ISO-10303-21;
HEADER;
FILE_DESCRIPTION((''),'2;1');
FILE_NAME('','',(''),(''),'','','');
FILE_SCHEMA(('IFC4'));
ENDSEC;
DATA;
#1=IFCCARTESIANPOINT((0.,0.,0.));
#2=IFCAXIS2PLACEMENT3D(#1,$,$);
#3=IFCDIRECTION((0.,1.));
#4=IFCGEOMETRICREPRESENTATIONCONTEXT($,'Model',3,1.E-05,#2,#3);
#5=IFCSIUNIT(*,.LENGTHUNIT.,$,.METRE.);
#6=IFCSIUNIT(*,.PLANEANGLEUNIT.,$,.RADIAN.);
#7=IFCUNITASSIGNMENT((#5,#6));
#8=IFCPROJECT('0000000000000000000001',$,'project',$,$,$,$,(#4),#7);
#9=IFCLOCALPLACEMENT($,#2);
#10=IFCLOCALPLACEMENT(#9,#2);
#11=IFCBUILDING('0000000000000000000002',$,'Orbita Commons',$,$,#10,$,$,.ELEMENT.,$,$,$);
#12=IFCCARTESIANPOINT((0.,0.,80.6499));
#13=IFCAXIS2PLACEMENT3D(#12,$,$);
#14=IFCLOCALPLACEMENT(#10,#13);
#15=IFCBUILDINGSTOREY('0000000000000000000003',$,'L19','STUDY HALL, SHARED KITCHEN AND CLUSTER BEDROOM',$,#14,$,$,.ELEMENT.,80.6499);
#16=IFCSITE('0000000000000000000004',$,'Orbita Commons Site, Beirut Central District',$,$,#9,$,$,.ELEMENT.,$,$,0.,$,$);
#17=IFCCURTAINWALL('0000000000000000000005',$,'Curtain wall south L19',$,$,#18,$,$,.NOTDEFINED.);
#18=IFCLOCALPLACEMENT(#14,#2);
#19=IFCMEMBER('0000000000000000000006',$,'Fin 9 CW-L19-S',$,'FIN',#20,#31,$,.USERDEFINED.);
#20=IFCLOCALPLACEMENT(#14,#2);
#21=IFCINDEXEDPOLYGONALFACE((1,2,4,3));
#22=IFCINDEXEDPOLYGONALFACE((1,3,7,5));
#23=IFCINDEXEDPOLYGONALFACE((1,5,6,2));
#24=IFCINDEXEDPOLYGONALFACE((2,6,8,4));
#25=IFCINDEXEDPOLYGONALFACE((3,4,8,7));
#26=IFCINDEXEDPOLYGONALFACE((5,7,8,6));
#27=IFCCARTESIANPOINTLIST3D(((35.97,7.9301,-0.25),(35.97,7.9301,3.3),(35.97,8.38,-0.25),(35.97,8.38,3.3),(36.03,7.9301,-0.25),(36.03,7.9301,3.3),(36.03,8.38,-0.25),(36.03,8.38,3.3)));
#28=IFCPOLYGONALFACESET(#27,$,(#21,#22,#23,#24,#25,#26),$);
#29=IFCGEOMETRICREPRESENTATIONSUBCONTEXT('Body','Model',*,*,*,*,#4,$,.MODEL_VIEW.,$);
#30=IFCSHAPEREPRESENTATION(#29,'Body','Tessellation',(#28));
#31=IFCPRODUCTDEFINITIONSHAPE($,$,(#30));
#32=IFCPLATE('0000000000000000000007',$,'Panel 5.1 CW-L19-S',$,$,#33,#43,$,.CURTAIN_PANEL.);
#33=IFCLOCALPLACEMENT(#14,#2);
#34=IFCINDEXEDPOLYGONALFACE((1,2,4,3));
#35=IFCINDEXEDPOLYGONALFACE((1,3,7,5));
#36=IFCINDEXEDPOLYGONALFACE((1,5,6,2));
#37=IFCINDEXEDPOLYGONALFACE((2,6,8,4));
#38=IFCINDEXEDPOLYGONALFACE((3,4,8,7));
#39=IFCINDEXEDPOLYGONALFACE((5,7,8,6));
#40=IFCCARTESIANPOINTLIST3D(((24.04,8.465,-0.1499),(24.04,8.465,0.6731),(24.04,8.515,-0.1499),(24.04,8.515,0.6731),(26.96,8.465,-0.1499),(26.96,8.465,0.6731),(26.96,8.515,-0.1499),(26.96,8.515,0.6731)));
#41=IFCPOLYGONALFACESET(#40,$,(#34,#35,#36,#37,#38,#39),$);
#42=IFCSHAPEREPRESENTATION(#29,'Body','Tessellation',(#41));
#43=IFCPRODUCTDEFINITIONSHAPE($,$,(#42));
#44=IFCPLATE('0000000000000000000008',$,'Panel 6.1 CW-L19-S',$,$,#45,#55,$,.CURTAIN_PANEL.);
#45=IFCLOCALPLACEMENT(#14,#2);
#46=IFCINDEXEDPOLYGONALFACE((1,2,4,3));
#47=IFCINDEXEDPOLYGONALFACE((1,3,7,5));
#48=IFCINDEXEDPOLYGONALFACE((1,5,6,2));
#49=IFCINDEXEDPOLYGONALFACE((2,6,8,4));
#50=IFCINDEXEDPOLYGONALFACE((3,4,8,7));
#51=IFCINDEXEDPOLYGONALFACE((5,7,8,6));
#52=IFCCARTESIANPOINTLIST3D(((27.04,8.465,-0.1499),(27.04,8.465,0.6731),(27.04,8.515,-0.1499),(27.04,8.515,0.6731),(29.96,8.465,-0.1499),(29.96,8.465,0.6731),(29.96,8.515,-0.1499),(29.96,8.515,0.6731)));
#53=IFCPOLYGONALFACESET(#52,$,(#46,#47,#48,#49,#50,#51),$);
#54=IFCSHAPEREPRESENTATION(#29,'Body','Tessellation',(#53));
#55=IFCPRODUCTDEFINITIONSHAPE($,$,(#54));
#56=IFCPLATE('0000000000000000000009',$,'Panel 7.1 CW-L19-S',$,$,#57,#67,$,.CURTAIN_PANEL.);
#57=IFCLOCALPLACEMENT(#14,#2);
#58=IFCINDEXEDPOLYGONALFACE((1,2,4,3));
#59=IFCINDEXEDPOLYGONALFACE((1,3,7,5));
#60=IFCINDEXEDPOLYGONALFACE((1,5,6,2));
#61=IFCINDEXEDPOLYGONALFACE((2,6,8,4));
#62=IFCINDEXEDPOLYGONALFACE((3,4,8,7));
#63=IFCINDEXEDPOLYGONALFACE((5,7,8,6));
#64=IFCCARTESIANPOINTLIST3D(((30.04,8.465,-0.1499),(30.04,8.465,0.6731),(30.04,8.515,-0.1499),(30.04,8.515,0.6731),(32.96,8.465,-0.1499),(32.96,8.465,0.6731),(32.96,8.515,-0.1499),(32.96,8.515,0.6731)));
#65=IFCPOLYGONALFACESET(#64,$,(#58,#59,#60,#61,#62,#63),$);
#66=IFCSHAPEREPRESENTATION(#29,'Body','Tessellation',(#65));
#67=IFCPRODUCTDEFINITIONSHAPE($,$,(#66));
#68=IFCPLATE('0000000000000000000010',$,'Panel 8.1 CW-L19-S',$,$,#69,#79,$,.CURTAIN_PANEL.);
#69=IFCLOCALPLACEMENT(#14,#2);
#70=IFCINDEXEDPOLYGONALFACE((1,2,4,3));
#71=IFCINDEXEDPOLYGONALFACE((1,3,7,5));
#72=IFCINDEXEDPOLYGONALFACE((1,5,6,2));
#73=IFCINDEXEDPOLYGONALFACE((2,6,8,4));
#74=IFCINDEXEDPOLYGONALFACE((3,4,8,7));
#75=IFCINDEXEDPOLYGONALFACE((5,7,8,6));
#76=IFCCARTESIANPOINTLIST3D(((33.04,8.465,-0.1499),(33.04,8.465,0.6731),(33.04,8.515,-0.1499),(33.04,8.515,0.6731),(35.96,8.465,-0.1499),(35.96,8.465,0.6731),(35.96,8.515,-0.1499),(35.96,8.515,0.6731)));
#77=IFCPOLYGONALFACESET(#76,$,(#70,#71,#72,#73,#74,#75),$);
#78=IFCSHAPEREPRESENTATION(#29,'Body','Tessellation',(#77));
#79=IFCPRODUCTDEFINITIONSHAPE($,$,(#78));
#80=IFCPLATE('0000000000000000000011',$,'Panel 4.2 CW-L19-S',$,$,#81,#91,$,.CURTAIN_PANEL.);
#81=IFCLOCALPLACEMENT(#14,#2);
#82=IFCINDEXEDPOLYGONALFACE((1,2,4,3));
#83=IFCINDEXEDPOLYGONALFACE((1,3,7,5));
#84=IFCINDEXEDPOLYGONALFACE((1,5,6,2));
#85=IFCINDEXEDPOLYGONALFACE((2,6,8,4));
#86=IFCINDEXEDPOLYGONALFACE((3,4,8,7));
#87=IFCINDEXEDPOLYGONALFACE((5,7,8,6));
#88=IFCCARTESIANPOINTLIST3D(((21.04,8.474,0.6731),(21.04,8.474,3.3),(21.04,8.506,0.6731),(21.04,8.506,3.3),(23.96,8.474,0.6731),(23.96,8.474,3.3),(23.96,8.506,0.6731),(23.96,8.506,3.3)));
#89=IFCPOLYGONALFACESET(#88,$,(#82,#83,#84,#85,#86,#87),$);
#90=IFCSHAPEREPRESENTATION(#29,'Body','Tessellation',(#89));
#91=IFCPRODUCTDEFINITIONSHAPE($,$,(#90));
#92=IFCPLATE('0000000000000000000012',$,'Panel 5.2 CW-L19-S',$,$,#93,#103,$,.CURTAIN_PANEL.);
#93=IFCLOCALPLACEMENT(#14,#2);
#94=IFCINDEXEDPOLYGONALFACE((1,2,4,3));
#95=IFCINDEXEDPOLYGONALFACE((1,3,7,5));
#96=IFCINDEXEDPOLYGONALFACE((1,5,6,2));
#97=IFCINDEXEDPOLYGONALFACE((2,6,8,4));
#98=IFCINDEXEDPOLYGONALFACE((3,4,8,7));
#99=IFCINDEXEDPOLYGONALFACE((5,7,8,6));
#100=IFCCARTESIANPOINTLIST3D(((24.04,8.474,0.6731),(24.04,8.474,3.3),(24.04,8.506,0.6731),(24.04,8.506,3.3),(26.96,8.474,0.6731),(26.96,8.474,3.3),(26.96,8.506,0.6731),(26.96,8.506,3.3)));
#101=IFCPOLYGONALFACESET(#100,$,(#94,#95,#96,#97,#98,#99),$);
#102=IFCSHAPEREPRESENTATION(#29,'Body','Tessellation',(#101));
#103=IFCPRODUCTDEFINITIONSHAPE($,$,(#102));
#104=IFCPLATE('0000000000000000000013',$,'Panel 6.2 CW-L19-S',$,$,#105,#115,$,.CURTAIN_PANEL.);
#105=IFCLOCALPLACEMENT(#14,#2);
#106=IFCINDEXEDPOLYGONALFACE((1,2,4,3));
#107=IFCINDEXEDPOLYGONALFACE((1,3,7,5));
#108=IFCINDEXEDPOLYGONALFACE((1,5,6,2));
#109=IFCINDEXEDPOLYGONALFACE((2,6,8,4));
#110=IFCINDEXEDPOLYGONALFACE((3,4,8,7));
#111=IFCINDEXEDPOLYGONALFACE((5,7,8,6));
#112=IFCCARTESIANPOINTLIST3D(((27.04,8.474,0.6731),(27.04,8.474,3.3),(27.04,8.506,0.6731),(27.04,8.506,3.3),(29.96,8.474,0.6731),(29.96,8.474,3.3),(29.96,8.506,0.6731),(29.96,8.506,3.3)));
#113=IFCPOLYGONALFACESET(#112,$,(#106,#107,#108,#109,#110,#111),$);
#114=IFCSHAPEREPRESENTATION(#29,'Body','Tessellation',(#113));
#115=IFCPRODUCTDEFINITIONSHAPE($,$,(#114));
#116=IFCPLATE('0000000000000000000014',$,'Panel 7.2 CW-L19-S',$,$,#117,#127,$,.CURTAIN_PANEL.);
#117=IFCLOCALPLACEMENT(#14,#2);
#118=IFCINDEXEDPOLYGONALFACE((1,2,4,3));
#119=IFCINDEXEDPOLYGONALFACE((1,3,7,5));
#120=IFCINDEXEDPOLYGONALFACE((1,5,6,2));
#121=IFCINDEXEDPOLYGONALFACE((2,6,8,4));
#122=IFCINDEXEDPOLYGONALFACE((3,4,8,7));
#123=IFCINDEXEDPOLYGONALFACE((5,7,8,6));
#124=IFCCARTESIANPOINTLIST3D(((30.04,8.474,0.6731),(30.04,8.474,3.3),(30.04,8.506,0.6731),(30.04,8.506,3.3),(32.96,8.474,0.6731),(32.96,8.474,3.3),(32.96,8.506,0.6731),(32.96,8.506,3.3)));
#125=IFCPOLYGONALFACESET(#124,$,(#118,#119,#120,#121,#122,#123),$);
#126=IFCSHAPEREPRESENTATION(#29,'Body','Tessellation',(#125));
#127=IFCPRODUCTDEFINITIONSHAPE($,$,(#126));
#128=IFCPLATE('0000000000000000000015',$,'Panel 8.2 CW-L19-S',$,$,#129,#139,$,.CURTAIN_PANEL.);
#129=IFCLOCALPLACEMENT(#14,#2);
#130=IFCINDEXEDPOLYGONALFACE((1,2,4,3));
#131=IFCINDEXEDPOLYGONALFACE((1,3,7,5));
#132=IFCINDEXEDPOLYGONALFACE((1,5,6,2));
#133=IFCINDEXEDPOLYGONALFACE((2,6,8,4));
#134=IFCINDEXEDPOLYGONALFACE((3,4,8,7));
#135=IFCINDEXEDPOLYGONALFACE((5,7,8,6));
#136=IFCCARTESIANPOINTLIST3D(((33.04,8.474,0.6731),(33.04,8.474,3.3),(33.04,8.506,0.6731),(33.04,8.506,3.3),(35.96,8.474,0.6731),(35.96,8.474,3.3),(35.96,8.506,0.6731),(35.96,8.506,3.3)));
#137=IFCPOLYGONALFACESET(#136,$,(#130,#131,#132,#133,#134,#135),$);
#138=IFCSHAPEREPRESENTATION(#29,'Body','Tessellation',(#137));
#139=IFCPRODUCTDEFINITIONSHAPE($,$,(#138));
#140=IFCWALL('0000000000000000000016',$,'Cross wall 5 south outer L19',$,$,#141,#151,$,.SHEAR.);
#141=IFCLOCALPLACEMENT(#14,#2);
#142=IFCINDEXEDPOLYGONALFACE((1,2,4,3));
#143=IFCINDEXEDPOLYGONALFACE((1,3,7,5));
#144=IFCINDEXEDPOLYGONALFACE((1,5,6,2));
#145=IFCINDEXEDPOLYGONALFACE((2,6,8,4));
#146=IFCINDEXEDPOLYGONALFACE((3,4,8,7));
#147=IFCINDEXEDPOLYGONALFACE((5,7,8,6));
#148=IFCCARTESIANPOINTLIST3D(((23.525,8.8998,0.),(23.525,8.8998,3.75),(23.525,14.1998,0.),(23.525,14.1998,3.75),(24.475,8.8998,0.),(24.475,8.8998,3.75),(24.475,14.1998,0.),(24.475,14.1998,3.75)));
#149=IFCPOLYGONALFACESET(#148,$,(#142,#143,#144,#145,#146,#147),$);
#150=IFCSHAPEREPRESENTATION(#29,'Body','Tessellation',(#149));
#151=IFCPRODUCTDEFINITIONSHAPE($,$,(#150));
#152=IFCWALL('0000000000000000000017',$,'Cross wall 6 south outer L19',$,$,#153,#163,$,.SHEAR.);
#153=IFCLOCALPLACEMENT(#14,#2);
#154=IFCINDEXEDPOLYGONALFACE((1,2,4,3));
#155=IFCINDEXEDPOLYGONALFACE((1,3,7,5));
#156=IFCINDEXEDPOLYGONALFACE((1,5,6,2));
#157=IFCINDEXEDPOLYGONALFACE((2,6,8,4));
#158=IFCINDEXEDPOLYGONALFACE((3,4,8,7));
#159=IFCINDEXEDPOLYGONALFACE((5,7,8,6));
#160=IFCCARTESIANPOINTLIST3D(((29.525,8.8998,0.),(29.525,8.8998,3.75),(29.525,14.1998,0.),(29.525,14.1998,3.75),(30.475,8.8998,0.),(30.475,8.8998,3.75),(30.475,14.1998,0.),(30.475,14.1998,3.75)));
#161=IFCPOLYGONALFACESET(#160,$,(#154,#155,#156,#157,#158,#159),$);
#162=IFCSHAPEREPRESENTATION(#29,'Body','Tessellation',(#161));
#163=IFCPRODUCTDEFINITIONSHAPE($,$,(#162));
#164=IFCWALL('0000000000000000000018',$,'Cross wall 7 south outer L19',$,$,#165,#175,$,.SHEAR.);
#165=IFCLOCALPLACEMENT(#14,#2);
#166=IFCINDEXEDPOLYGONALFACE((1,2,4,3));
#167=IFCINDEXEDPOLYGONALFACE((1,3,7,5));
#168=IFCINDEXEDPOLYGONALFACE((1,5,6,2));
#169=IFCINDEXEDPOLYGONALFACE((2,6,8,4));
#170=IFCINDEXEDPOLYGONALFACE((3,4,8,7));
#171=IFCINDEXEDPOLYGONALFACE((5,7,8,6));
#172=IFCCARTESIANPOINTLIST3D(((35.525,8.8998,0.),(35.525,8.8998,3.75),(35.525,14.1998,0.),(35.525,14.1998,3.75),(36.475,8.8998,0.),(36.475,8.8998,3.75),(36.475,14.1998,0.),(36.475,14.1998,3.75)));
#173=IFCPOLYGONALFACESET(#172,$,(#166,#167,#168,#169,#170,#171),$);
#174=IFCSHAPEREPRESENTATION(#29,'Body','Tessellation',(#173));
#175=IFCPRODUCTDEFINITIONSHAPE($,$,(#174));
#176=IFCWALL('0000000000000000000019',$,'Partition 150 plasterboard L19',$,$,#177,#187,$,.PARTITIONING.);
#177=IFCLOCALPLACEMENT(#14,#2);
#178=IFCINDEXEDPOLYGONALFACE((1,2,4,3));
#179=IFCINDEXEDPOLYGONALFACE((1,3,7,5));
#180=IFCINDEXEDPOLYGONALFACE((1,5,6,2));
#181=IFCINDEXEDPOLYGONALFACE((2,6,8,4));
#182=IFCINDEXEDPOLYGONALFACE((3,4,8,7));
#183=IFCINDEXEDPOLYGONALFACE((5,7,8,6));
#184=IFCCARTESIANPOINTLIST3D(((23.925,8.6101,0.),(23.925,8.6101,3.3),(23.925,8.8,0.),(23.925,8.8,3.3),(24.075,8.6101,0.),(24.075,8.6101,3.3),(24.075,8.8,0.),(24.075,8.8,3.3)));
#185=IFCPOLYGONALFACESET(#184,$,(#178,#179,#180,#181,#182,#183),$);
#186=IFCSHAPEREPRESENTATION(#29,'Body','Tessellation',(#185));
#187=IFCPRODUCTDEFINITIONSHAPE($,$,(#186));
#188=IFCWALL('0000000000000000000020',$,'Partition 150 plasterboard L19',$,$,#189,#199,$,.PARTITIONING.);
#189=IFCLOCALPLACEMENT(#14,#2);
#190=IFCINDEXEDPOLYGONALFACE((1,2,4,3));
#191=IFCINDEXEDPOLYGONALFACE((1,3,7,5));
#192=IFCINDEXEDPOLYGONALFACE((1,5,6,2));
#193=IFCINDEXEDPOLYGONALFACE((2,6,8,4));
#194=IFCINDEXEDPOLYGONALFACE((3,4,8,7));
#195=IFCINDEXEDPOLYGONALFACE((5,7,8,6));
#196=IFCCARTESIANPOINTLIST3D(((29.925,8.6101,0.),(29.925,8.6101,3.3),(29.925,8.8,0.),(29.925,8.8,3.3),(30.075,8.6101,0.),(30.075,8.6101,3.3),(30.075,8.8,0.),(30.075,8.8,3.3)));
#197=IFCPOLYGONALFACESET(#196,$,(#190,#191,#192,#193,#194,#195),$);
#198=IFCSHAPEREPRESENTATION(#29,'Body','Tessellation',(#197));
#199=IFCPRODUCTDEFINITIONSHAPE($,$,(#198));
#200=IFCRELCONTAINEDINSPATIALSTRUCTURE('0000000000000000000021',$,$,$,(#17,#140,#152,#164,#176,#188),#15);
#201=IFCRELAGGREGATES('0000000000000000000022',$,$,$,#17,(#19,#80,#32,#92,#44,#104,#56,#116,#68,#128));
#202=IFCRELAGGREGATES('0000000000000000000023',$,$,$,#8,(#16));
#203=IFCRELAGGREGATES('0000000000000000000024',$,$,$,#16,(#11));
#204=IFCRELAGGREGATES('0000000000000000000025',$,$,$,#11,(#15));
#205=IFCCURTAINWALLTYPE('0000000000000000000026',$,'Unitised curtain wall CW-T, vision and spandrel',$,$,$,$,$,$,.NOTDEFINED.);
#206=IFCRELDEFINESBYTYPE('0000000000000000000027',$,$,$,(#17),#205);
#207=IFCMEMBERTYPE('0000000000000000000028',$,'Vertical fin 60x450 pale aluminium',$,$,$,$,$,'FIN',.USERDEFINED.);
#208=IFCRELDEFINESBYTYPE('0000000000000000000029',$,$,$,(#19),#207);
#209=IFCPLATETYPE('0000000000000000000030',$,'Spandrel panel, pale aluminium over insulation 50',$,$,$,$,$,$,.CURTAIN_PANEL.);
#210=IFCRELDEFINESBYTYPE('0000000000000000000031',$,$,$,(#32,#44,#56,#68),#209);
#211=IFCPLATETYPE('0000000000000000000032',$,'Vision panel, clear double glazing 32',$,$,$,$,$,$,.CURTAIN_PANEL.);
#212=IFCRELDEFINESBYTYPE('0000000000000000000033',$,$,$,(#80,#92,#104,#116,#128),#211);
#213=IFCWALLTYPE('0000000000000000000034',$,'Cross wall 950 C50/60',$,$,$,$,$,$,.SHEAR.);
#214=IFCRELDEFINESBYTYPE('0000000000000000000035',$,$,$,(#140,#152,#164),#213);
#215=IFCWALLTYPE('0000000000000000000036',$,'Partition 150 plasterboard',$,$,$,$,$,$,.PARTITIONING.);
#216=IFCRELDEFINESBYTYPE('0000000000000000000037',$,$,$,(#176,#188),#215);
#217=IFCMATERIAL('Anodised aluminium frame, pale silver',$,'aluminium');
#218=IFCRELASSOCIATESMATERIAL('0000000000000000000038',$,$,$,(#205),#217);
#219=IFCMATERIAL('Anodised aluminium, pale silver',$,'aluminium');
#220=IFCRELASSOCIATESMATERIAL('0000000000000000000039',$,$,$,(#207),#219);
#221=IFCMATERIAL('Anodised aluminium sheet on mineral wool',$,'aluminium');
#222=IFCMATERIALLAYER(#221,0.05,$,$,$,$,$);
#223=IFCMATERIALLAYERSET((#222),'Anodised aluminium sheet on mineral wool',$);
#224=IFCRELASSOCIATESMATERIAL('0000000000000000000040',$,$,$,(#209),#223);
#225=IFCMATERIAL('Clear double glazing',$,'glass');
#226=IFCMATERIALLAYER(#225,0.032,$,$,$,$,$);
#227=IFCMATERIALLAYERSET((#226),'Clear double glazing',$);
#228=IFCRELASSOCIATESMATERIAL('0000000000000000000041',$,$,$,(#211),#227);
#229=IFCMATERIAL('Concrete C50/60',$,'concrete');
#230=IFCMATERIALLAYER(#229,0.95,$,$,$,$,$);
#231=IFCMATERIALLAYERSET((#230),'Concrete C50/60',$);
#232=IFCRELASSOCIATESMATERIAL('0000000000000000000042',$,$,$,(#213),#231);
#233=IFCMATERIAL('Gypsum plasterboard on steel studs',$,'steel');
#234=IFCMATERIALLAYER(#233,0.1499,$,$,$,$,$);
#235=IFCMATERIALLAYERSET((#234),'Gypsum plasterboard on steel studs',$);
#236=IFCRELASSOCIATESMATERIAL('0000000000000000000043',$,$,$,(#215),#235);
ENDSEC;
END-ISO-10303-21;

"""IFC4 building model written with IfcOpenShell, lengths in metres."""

from ifc_helpers import new_model, si_unit, direction, frame, frame_2d, origin, origin_2d, place, context, subcontext, project, spatial, rectangle, extrude, material, layer, layer_set, material_profile, profile_set, type_object, element, aggregate, save


model = new_model("IFC4")

# Units and contexts
model_context = context("Model", 3, precision=1e-05, world=origin(), true_north=direction((0.0, 1.0)))
body_context = subcontext(model_context, "Body", "Model", "MODEL_VIEW")
ifc_project = project(units=[si_unit("LENGTHUNIT", "METRE"), si_unit("PLANEANGLEUNIT", "RADIAN")], contexts=[model_context])

# Site, building, storey
site_placement = place(None, origin())
site = spatial("IfcSite", under=ifc_project, at=site_placement, Name="Orbita Commons Site, Beirut Central District", CompositionType="ELEMENT", RefElevation=0.0)
building_placement = place(site_placement, origin())
building = spatial("IfcBuilding", under=site, at=building_placement, Name="Orbita Commons", CompositionType="ELEMENT")
storey_placement = place(building_placement, frame((0.0, 0.0, 80.6499)))
storey = spatial("IfcBuildingStorey", under=building, at=storey_placement, Name="L19", Description="STUDY HALL, SHARED KITCHEN AND CLUSTER BEDROOM", CompositionType="ELEMENT", Elevation=80.6499)

# Curtain wall
ifc_material_1 = material(Name="Anodised aluminium frame, pale silver", Category="aluminium")
curtain_wall_type = type_object("IfcCurtainWallType", Name="Unitised curtain wall CW-T, vision and spandrel", PredefinedType="NOTDEFINED", material=ifc_material_1)
curtain_wall_placement = place(storey_placement, origin())
curtain_wall = element("IfcCurtainWall", 1, at=curtain_wall_placement, inside=storey, type_object=curtain_wall_type, Name="Curtain wall south L19", PredefinedType="NOTDEFINED")

# Member
ifc_material_2 = material(Name="Anodised aluminium, pale silver", Category="aluminium")
ifc_material_profile_1 = material_profile(ifc_material_2, rectangle(XDim=0.0601, YDim=0.45, at=origin_2d()), Name="FIN 60x450")
ifc_profile_set_1 = profile_set([ifc_material_profile_1], Name="Anodised aluminium, pale silver")
member_type_1 = type_object("IfcMemberType", Name="Vertical fin 60x450 pale aluminium", ElementType="FIN", PredefinedType="USERDEFINED", material=ifc_profile_set_1)
member_1_placement = place(storey_placement, frame((36.0, 8.155, -0.25), z_axis=(0.0, 0.0, 1.0), x_axis=(1.0, 0.0, 0.0)))
member_1 = element("IfcMember", 2, at=member_1_placement, type_object=member_type_1, Name="Fin 9 CW-L19-S", ObjectType="FIN", PredefinedType="USERDEFINED", context=body_context, shape_type="SweptSolid", body=[
    extrude(rectangle(XDim=0.0601, YDim=0.45, at=origin_2d()), origin(), (0.0, 0.0, 1.0), 3.55),
])

# Plates
ifc_material_3 = material(Name="Anodised aluminium sheet on mineral wool", Category="aluminium")
ifc_layer_1 = layer(ifc_material_3, 0.05)
ifc_layer_set_1 = layer_set([ifc_layer_1], Name="Anodised aluminium sheet on mineral wool")
plate_type_1 = type_object("IfcPlateType", Name="Spandrel panel, pale aluminium over insulation 50", PredefinedType="CURTAIN_PANEL", material=ifc_layer_set_1)
plate_1_placement = place(storey_placement, frame((25.5, 8.49, -0.1499), z_axis=(0.0, 0.0, 1.0), x_axis=(1.0, 0.0, 0.0)))
plate_1 = element("IfcPlate", 3, at=plate_1_placement, type_object=plate_type_1, Name="Panel 5.1 CW-L19-S", PredefinedType="CURTAIN_PANEL", context=body_context, shape_type="SweptSolid", body=[
    extrude(rectangle(XDim=2.9199, YDim=0.05, at=origin_2d()), origin(), (0.0, 0.0, 1.0), 0.823),
])
plate_2_placement = place(storey_placement, frame((28.5, 8.49, -0.1499), z_axis=(0.0, 0.0, 1.0), x_axis=(1.0, 0.0, 0.0)))
plate_2 = element("IfcPlate", 4, at=plate_2_placement, type_object=plate_type_1, Name="Panel 6.1 CW-L19-S", PredefinedType="CURTAIN_PANEL", context=body_context, shape_type="SweptSolid", body=[
    extrude(rectangle(XDim=2.9199, YDim=0.05, at=origin_2d()), origin(), (0.0, 0.0, 1.0), 0.823),
])
plate_3_placement = place(storey_placement, frame((31.5, 8.49, -0.1499), z_axis=(0.0, 0.0, 1.0), x_axis=(1.0, 0.0, 0.0)))
plate_3 = element("IfcPlate", 5, at=plate_3_placement, type_object=plate_type_1, Name="Panel 7.1 CW-L19-S", PredefinedType="CURTAIN_PANEL", context=body_context, shape_type="SweptSolid", body=[
    extrude(rectangle(XDim=2.9199, YDim=0.05, at=origin_2d()), origin(), (0.0, 0.0, 1.0), 0.823),
])
plate_4_placement = place(storey_placement, frame((34.5, 8.49, -0.1499), z_axis=(0.0, 0.0, 1.0), x_axis=(1.0, 0.0, 0.0)))
plate_4 = element("IfcPlate", 6, at=plate_4_placement, type_object=plate_type_1, Name="Panel 8.1 CW-L19-S", PredefinedType="CURTAIN_PANEL", context=body_context, shape_type="SweptSolid", body=[
    extrude(rectangle(XDim=2.9199, YDim=0.05, at=origin_2d()), origin(), (0.0, 0.0, 1.0), 0.823),
])
ifc_material_4 = material(Name="Clear double glazing", Category="glass")
ifc_layer_2 = layer(ifc_material_4, 0.032)
ifc_layer_set_2 = layer_set([ifc_layer_2], Name="Clear double glazing")
plate_type_2 = type_object("IfcPlateType", Name="Vision panel, clear double glazing 32", PredefinedType="CURTAIN_PANEL", material=ifc_layer_set_2)
plate_5_placement = place(storey_placement, frame((22.5, 8.49, 0.6731), z_axis=(0.0, 0.0, 1.0), x_axis=(1.0, 0.0, 0.0)))
plate_5 = element("IfcPlate", 7, at=plate_5_placement, type_object=plate_type_2, Name="Panel 4.2 CW-L19-S", PredefinedType="CURTAIN_PANEL", context=body_context, shape_type="SweptSolid", body=[
    extrude(rectangle(XDim=2.9199, YDim=0.032, at=origin_2d()), origin(), (0.0, 0.0, 1.0), 2.627),
])
plate_6_placement = place(storey_placement, frame((25.5, 8.49, 0.6731), z_axis=(0.0, 0.0, 1.0), x_axis=(1.0, 0.0, 0.0)))
plate_6 = element("IfcPlate", 8, at=plate_6_placement, type_object=plate_type_2, Name="Panel 5.2 CW-L19-S", PredefinedType="CURTAIN_PANEL", context=body_context, shape_type="SweptSolid", body=[
    extrude(rectangle(XDim=2.9199, YDim=0.032, at=origin_2d()), origin(), (0.0, 0.0, 1.0), 2.627),
])
plate_7_placement = place(storey_placement, frame((28.5, 8.49, 0.6731), z_axis=(0.0, 0.0, 1.0), x_axis=(1.0, 0.0, 0.0)))
plate_7 = element("IfcPlate", 9, at=plate_7_placement, type_object=plate_type_2, Name="Panel 6.2 CW-L19-S", PredefinedType="CURTAIN_PANEL", context=body_context, shape_type="SweptSolid", body=[
    extrude(rectangle(XDim=2.9199, YDim=0.032, at=origin_2d()), origin(), (0.0, 0.0, 1.0), 2.627),
])
plate_8_placement = place(storey_placement, frame((31.5, 8.49, 0.6731), z_axis=(0.0, 0.0, 1.0), x_axis=(1.0, 0.0, 0.0)))
plate_8 = element("IfcPlate", 10, at=plate_8_placement, type_object=plate_type_2, Name="Panel 7.2 CW-L19-S", PredefinedType="CURTAIN_PANEL", context=body_context, shape_type="SweptSolid", body=[
    extrude(rectangle(XDim=2.9199, YDim=0.032, at=origin_2d()), origin(), (0.0, 0.0, 1.0), 2.627),
])
plate_9_placement = place(storey_placement, frame((34.5, 8.49, 0.6731), z_axis=(0.0, 0.0, 1.0), x_axis=(1.0, 0.0, 0.0)))
plate_9 = element("IfcPlate", 11, at=plate_9_placement, type_object=plate_type_2, Name="Panel 8.2 CW-L19-S", PredefinedType="CURTAIN_PANEL", context=body_context, shape_type="SweptSolid", body=[
    extrude(rectangle(XDim=2.9199, YDim=0.032, at=origin_2d()), origin(), (0.0, 0.0, 1.0), 2.627),
])
aggregate(curtain_wall, [member_1, plate_5, plate_1, plate_6, plate_2, plate_7, plate_3, plate_8, plate_4, plate_9])

# Walls
ifc_material_5 = material(Name="Concrete C50/60", Category="concrete")
ifc_layer_3 = layer(ifc_material_5, 0.95)
ifc_layer_set_3 = layer_set([ifc_layer_3], Name="Concrete C50/60")
wall_type_1 = type_object("IfcWallType", Name="Cross wall 950 C50/60", PredefinedType="SHEAR", material=ifc_layer_set_3)
for number, where, z_axis, x_axis, name in (
    (12, (24.0, 8.8999, 0.0), (0.0, 0.0, 1.0), (0.0, 1.0, 0.0), "Cross wall 5 south outer L19"),
    (13, (30.0, 8.8999, 0.0), (0.0, 0.0, 1.0), (0.0, 1.0, 0.0), "Cross wall 6 south outer L19"),
    (14, (36.0, 8.8999, 0.0), (0.0, 0.0, 1.0), (0.0, 1.0, 0.0), "Cross wall 7 south outer L19"),
):
    element("IfcWall", number, at=place(storey_placement, frame(where, z_axis=z_axis, x_axis=x_axis)), inside=storey, type_object=wall_type_1, Name=name, PredefinedType="SHEAR", context=body_context, shape_type="SweptSolid", body=[
        extrude(rectangle(XDim=5.3, YDim=0.95, at=frame_2d((2.6499, 0.0))), origin(), (0.0, 0.0, 1.0), 3.75),
    ])
ifc_material_6 = material(Name="Gypsum plasterboard on steel studs", Category="steel")
ifc_layer_4 = layer(ifc_material_6, 0.1499)
ifc_layer_set_4 = layer_set([ifc_layer_4], Name="Gypsum plasterboard on steel studs")
wall_type_2 = type_object("IfcWallType", Name="Partition 150 plasterboard", PredefinedType="PARTITIONING", material=ifc_layer_set_4)
for number, where, z_axis, x_axis, name in (
    (15, (24.0, 8.8, 0.0), (0.0, 0.0, 1.0), (0.0, -1.0, 0.0), "Partition 150 plasterboard L19"),
    (16, (30.0, 8.8, 0.0), (0.0, 0.0, 1.0), (0.0, -1.0, 0.0), "Partition 150 plasterboard L19"),
):
    element("IfcWall", number, at=place(storey_placement, frame(where, z_axis=z_axis, x_axis=x_axis)), inside=storey, type_object=wall_type_2, Name=name, PredefinedType="PARTITIONING", context=body_context, shape_type="SweptSolid", body=[
        extrude(rectangle(XDim=0.1899, YDim=0.1499, at=frame_2d((0.095, 0.0))), origin(), (0.0, 0.0, 1.0), 3.3),
    ])

save(model, "model.ifc")
